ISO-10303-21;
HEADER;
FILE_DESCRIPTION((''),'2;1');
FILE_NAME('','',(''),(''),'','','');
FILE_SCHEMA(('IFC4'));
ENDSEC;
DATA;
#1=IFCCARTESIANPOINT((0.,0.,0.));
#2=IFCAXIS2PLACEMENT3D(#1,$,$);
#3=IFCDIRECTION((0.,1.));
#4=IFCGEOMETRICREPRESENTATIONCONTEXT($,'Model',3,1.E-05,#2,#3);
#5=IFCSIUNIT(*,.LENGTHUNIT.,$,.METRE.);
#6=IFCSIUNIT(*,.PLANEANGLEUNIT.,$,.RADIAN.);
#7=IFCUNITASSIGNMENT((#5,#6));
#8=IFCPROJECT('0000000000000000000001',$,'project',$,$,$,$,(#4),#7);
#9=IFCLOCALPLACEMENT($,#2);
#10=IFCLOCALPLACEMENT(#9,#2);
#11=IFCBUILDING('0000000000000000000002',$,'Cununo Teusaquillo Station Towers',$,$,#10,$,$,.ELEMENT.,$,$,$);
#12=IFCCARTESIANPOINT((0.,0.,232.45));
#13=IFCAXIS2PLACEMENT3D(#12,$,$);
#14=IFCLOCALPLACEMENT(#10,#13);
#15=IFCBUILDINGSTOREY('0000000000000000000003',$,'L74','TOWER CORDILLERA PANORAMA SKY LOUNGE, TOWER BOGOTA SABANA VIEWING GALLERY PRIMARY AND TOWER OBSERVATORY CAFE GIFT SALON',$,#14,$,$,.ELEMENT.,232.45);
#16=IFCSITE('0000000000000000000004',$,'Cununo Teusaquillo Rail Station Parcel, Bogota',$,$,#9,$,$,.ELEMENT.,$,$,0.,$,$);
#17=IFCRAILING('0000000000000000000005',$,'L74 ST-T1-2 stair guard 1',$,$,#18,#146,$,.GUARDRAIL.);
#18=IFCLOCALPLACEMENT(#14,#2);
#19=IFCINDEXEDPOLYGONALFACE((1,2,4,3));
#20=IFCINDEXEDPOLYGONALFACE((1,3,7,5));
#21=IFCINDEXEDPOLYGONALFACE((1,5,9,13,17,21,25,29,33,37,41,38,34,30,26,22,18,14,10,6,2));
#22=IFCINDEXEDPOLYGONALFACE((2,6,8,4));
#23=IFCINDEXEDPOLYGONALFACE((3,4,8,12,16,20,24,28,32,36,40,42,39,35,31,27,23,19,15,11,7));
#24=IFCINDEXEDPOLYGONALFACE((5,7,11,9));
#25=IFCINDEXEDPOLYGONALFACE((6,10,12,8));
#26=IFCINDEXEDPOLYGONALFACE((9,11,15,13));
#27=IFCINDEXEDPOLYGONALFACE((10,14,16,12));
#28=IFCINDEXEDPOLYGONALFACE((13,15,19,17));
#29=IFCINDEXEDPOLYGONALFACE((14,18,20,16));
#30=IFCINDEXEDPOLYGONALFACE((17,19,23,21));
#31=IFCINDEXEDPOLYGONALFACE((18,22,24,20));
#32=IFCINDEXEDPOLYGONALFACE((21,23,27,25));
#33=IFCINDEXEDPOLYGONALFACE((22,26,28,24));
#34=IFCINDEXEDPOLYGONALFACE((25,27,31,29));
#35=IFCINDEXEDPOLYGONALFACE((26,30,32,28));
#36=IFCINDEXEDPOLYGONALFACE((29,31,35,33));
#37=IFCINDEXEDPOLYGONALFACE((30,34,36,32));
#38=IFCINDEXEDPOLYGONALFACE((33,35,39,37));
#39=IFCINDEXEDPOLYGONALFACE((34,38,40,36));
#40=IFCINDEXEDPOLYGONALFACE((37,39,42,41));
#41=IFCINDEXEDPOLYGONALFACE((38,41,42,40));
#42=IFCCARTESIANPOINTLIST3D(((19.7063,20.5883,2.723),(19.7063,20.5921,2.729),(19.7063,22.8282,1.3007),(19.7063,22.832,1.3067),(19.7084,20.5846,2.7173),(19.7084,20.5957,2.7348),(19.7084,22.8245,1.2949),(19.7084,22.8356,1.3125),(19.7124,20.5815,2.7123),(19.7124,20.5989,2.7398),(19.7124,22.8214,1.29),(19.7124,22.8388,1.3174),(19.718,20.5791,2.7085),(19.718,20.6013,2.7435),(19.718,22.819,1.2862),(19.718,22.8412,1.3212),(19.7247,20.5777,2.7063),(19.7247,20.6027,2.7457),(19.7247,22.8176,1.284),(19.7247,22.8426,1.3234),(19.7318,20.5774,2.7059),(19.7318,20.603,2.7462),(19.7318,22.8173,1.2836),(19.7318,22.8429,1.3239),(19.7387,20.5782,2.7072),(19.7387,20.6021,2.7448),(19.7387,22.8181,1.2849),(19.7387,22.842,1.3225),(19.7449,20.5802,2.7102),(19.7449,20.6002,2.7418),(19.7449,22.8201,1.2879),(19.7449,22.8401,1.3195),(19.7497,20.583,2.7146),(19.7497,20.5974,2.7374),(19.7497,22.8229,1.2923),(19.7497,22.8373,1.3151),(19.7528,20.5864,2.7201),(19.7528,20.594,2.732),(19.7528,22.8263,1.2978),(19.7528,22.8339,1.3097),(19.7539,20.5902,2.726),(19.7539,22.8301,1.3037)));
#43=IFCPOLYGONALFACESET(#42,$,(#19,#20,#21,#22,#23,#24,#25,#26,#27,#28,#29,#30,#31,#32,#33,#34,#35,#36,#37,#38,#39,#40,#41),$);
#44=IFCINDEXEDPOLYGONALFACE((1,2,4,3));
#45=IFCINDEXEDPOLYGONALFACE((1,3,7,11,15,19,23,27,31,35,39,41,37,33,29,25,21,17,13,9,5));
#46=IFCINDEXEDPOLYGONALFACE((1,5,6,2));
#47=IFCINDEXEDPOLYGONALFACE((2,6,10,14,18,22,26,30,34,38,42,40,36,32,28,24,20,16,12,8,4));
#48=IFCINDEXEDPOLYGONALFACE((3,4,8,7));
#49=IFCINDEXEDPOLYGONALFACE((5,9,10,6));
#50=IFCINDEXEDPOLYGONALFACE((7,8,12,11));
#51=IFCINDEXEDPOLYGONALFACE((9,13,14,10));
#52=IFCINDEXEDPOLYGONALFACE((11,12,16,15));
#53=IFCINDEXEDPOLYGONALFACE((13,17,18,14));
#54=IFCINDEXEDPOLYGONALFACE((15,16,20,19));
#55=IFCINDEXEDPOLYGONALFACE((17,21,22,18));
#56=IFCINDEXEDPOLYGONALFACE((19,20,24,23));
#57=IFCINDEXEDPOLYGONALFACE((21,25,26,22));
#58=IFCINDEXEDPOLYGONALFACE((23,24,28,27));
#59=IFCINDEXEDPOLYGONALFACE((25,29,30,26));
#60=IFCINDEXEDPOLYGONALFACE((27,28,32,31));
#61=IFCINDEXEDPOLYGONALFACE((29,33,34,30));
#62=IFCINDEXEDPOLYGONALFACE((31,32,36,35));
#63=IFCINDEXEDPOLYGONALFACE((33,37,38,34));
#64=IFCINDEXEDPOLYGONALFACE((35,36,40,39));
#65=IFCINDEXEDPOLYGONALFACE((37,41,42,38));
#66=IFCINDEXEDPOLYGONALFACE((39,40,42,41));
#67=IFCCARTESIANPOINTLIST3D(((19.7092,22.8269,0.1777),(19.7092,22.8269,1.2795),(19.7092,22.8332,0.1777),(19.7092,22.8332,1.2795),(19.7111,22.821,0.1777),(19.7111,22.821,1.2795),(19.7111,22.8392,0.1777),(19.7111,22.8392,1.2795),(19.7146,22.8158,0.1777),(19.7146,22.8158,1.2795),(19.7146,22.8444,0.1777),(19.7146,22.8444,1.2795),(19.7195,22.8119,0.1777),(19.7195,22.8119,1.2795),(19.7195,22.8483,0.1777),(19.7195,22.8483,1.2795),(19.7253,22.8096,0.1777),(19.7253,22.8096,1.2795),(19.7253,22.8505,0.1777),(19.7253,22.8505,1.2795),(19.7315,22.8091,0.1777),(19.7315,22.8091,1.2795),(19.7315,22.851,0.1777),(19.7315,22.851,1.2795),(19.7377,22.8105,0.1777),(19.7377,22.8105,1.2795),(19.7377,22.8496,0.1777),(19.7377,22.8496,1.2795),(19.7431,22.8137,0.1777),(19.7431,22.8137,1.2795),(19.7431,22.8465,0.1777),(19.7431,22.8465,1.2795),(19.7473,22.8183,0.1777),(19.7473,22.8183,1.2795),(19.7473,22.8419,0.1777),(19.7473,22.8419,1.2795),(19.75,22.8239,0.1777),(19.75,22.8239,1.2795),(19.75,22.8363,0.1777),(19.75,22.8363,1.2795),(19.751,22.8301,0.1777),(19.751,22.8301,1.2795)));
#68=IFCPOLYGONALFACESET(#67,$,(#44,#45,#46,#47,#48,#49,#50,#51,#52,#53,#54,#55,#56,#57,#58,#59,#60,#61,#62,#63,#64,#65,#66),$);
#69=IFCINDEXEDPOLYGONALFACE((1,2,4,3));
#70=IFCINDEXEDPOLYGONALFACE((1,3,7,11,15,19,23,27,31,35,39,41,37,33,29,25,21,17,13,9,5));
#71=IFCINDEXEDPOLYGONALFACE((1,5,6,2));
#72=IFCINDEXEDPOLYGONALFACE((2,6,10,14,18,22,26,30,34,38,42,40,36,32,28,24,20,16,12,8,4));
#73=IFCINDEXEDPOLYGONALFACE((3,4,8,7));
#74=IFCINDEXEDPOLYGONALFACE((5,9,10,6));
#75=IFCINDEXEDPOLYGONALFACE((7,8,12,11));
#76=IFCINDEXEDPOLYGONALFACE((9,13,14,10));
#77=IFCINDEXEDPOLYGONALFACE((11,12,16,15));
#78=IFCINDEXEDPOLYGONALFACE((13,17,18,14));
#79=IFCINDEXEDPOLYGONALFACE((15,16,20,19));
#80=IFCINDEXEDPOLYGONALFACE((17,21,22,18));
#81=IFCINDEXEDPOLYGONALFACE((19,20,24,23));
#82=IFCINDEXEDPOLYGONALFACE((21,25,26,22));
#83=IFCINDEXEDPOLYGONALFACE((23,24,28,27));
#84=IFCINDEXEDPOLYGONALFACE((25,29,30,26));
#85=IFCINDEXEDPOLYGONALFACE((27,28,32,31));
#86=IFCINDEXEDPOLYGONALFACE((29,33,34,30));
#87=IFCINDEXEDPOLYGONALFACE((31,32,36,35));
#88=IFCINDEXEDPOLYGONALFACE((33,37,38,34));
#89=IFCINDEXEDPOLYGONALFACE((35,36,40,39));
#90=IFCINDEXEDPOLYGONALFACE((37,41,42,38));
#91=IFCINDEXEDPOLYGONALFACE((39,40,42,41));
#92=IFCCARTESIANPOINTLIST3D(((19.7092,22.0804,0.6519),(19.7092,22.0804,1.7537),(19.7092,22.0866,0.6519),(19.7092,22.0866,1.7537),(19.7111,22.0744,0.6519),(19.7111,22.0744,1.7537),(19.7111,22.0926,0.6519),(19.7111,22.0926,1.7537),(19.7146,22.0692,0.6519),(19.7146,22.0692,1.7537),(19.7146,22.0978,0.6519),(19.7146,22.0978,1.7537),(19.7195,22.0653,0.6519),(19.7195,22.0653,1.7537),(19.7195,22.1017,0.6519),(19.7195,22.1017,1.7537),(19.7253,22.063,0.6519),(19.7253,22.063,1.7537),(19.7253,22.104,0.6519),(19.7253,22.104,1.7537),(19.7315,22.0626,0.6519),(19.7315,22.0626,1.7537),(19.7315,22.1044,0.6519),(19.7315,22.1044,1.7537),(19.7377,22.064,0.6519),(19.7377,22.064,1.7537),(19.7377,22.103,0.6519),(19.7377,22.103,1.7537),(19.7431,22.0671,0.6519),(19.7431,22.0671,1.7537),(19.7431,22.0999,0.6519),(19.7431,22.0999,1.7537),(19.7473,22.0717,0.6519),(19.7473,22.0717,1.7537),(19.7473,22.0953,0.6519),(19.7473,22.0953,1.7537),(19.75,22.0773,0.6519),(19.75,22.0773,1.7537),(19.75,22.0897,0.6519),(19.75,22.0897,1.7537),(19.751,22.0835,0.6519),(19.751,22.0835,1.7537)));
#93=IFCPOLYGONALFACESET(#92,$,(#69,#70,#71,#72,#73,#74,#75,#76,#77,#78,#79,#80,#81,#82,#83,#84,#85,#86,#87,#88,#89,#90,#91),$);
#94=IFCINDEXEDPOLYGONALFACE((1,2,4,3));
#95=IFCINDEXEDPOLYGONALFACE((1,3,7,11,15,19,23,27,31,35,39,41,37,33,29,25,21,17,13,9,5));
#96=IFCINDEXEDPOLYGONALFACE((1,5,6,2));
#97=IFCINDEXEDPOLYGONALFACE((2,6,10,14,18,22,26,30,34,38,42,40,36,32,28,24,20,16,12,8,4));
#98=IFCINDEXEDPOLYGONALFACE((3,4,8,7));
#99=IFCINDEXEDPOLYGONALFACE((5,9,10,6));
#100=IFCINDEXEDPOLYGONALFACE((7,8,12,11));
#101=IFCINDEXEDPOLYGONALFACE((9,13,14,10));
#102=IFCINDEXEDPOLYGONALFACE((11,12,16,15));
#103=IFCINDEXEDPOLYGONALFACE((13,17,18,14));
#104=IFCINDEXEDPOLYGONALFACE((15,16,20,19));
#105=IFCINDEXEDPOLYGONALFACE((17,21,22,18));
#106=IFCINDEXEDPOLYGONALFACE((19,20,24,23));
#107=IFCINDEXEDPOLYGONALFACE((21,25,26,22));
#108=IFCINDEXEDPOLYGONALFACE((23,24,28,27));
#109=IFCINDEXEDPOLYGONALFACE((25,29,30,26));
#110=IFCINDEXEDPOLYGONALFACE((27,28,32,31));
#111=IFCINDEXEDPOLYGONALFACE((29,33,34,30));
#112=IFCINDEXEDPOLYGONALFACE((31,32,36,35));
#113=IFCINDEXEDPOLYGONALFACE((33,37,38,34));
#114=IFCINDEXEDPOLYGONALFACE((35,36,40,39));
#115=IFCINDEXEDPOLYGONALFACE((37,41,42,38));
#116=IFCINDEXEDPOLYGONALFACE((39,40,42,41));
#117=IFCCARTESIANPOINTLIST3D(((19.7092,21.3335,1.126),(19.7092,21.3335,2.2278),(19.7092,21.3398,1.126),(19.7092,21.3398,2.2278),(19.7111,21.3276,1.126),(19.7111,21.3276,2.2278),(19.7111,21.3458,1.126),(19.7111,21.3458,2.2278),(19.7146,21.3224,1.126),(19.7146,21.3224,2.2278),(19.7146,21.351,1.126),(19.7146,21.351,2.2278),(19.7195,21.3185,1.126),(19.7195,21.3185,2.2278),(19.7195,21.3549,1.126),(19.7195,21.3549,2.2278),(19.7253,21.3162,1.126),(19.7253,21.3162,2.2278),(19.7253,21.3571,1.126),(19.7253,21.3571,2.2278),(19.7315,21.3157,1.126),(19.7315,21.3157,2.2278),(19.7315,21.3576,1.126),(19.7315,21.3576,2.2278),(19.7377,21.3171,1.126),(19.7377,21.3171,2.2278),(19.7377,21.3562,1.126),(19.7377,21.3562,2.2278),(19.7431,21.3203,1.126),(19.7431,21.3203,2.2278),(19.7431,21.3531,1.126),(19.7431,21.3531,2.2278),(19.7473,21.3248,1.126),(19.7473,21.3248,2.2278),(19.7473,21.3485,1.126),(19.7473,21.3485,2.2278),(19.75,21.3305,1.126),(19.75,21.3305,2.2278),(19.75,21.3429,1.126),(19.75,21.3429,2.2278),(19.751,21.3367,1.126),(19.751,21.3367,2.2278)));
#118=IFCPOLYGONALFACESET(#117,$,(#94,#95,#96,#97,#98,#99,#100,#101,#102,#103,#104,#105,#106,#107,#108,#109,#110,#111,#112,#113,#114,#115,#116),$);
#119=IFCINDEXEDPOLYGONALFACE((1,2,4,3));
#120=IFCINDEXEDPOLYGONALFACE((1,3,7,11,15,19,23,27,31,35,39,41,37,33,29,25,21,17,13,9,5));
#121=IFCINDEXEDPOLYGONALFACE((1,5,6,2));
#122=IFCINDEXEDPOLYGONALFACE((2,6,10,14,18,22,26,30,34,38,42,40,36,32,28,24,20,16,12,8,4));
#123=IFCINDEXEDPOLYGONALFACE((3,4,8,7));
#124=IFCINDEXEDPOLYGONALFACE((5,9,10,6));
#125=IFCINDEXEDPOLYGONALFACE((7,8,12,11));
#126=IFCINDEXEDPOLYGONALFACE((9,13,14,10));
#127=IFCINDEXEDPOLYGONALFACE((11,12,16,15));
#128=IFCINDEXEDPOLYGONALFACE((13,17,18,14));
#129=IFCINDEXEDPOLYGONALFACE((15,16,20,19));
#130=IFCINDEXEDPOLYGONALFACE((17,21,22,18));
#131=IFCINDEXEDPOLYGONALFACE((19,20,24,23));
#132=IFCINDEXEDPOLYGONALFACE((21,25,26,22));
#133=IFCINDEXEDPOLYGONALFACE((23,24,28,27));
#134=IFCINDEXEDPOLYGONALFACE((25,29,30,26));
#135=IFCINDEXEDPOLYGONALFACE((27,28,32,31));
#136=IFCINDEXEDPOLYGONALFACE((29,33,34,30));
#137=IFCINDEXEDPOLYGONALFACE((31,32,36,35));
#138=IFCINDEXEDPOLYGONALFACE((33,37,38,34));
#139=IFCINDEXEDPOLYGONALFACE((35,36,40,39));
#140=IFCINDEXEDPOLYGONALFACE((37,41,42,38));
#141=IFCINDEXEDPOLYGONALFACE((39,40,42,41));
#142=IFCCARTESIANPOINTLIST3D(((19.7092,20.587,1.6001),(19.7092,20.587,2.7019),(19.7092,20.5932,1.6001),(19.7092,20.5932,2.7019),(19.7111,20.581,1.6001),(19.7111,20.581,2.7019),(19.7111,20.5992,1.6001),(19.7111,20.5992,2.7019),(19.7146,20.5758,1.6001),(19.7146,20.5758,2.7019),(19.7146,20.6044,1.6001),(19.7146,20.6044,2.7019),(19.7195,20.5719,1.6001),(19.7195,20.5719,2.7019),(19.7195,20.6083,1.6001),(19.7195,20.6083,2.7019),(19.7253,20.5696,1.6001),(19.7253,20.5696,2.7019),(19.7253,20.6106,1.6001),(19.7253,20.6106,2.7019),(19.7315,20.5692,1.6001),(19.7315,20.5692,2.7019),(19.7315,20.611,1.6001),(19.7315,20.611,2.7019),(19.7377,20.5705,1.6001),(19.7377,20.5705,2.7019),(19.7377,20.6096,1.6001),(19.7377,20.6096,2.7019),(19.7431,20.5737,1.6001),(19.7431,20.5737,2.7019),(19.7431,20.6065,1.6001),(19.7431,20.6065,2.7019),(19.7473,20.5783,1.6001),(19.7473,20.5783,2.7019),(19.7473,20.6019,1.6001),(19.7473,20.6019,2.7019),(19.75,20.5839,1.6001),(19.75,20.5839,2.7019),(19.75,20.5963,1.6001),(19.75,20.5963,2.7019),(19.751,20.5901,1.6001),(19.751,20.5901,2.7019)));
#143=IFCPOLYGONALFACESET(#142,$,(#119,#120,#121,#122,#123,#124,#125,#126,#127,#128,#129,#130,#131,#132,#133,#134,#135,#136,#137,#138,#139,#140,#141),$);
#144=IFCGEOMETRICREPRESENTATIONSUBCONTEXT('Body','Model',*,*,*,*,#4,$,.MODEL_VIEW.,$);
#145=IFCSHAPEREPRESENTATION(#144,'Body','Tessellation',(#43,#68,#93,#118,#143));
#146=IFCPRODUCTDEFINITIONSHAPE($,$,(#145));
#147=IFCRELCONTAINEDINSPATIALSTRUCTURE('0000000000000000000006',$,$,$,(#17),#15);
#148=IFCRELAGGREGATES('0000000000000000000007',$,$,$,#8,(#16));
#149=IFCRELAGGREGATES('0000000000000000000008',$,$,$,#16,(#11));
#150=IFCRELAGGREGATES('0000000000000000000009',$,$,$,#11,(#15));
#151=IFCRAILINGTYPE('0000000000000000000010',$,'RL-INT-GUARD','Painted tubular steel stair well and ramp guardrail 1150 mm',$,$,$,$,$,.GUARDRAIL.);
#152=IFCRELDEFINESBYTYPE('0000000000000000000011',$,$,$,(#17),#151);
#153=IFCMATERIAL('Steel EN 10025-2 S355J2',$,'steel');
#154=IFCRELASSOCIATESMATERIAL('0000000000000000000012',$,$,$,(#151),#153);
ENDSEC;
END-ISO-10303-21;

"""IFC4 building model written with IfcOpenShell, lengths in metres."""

from ifc_helpers import new_model, si_unit, direction, frame, origin, origin_2d, place, context, subcontext, project, spatial, circle, extrude, material, type_object, element, save


model = new_model("IFC4")

# Units and contexts
model_context = context("Model", 3, precision=1e-05, world=origin(), true_north=direction((0.0, 1.0)))
body_context = subcontext(model_context, "Body", "Model", "MODEL_VIEW")
ifc_project = project(units=[si_unit("LENGTHUNIT", "METRE"), si_unit("PLANEANGLEUNIT", "RADIAN")], contexts=[model_context])

# Site, building, storey
site_placement = place(None, origin())
site = spatial("IfcSite", under=ifc_project, at=site_placement, Name="Cununo Teusaquillo Rail Station Parcel, Bogota", CompositionType="ELEMENT", RefElevation=0.0)
building_placement = place(site_placement, origin())
building = spatial("IfcBuilding", under=site, at=building_placement, Name="Cununo Teusaquillo Station Towers", CompositionType="ELEMENT")
storey_placement = place(building_placement, frame((0.0, 0.0, 232.45)))
storey = spatial("IfcBuildingStorey", under=building, at=storey_placement, Name="L74", Description="TOWER CORDILLERA PANORAMA SKY LOUNGE, TOWER BOGOTA SABANA VIEWING GALLERY PRIMARY AND TOWER OBSERVATORY CAFE GIFT SALON", CompositionType="ELEMENT", Elevation=232.45)

# Railing
ifc_material_1 = material(Name="Steel EN 10025-2 S355J2", Category="steel")
railing_type_1 = type_object("IfcRailingType", Name="RL-INT-GUARD", Description="Painted tubular steel stair well and ramp guardrail 1150 mm", PredefinedType="GUARDRAIL", material=ifc_material_1)
railing_1_placement = place(storey_placement, frame((19.73, 22.8301, 0.1777)))
element("IfcRailing", 1, at=railing_1_placement, inside=storey, type_object=railing_type_1, Name="L74 ST-T1-2 stair guard 1", PredefinedType="GUARDRAIL", context=body_context, shape_type="SweptSolid", body=[
    extrude(circle(Radius=0.0239, at=origin_2d()), frame((0.0, 0.0, 1.126), z_axis=(0.0, -0.844188, 0.536048), x_axis=(1.0, 0.0, 0.0)), (0.0, 0.0, 1.0), 2.6533),
    extrude(circle(Radius=0.021, at=origin_2d()), origin(), (0.0, 0.0, 1.0), 1.1018),
    extrude(circle(Radius=0.021, at=origin_2d()), frame((0.0, -0.7466, 0.4741)), (0.0, 0.0, 1.0), 1.1018),
    extrude(circle(Radius=0.021, at=origin_2d()), frame((0.0, -1.4934, 0.9482)), (0.0, 0.0, 1.0), 1.1018),
    extrude(circle(Radius=0.021, at=origin_2d()), frame((0.0, -2.24, 1.4224)), (0.0, 0.0, 1.0), 1.1018),
])

save(model, "model.ifc")
